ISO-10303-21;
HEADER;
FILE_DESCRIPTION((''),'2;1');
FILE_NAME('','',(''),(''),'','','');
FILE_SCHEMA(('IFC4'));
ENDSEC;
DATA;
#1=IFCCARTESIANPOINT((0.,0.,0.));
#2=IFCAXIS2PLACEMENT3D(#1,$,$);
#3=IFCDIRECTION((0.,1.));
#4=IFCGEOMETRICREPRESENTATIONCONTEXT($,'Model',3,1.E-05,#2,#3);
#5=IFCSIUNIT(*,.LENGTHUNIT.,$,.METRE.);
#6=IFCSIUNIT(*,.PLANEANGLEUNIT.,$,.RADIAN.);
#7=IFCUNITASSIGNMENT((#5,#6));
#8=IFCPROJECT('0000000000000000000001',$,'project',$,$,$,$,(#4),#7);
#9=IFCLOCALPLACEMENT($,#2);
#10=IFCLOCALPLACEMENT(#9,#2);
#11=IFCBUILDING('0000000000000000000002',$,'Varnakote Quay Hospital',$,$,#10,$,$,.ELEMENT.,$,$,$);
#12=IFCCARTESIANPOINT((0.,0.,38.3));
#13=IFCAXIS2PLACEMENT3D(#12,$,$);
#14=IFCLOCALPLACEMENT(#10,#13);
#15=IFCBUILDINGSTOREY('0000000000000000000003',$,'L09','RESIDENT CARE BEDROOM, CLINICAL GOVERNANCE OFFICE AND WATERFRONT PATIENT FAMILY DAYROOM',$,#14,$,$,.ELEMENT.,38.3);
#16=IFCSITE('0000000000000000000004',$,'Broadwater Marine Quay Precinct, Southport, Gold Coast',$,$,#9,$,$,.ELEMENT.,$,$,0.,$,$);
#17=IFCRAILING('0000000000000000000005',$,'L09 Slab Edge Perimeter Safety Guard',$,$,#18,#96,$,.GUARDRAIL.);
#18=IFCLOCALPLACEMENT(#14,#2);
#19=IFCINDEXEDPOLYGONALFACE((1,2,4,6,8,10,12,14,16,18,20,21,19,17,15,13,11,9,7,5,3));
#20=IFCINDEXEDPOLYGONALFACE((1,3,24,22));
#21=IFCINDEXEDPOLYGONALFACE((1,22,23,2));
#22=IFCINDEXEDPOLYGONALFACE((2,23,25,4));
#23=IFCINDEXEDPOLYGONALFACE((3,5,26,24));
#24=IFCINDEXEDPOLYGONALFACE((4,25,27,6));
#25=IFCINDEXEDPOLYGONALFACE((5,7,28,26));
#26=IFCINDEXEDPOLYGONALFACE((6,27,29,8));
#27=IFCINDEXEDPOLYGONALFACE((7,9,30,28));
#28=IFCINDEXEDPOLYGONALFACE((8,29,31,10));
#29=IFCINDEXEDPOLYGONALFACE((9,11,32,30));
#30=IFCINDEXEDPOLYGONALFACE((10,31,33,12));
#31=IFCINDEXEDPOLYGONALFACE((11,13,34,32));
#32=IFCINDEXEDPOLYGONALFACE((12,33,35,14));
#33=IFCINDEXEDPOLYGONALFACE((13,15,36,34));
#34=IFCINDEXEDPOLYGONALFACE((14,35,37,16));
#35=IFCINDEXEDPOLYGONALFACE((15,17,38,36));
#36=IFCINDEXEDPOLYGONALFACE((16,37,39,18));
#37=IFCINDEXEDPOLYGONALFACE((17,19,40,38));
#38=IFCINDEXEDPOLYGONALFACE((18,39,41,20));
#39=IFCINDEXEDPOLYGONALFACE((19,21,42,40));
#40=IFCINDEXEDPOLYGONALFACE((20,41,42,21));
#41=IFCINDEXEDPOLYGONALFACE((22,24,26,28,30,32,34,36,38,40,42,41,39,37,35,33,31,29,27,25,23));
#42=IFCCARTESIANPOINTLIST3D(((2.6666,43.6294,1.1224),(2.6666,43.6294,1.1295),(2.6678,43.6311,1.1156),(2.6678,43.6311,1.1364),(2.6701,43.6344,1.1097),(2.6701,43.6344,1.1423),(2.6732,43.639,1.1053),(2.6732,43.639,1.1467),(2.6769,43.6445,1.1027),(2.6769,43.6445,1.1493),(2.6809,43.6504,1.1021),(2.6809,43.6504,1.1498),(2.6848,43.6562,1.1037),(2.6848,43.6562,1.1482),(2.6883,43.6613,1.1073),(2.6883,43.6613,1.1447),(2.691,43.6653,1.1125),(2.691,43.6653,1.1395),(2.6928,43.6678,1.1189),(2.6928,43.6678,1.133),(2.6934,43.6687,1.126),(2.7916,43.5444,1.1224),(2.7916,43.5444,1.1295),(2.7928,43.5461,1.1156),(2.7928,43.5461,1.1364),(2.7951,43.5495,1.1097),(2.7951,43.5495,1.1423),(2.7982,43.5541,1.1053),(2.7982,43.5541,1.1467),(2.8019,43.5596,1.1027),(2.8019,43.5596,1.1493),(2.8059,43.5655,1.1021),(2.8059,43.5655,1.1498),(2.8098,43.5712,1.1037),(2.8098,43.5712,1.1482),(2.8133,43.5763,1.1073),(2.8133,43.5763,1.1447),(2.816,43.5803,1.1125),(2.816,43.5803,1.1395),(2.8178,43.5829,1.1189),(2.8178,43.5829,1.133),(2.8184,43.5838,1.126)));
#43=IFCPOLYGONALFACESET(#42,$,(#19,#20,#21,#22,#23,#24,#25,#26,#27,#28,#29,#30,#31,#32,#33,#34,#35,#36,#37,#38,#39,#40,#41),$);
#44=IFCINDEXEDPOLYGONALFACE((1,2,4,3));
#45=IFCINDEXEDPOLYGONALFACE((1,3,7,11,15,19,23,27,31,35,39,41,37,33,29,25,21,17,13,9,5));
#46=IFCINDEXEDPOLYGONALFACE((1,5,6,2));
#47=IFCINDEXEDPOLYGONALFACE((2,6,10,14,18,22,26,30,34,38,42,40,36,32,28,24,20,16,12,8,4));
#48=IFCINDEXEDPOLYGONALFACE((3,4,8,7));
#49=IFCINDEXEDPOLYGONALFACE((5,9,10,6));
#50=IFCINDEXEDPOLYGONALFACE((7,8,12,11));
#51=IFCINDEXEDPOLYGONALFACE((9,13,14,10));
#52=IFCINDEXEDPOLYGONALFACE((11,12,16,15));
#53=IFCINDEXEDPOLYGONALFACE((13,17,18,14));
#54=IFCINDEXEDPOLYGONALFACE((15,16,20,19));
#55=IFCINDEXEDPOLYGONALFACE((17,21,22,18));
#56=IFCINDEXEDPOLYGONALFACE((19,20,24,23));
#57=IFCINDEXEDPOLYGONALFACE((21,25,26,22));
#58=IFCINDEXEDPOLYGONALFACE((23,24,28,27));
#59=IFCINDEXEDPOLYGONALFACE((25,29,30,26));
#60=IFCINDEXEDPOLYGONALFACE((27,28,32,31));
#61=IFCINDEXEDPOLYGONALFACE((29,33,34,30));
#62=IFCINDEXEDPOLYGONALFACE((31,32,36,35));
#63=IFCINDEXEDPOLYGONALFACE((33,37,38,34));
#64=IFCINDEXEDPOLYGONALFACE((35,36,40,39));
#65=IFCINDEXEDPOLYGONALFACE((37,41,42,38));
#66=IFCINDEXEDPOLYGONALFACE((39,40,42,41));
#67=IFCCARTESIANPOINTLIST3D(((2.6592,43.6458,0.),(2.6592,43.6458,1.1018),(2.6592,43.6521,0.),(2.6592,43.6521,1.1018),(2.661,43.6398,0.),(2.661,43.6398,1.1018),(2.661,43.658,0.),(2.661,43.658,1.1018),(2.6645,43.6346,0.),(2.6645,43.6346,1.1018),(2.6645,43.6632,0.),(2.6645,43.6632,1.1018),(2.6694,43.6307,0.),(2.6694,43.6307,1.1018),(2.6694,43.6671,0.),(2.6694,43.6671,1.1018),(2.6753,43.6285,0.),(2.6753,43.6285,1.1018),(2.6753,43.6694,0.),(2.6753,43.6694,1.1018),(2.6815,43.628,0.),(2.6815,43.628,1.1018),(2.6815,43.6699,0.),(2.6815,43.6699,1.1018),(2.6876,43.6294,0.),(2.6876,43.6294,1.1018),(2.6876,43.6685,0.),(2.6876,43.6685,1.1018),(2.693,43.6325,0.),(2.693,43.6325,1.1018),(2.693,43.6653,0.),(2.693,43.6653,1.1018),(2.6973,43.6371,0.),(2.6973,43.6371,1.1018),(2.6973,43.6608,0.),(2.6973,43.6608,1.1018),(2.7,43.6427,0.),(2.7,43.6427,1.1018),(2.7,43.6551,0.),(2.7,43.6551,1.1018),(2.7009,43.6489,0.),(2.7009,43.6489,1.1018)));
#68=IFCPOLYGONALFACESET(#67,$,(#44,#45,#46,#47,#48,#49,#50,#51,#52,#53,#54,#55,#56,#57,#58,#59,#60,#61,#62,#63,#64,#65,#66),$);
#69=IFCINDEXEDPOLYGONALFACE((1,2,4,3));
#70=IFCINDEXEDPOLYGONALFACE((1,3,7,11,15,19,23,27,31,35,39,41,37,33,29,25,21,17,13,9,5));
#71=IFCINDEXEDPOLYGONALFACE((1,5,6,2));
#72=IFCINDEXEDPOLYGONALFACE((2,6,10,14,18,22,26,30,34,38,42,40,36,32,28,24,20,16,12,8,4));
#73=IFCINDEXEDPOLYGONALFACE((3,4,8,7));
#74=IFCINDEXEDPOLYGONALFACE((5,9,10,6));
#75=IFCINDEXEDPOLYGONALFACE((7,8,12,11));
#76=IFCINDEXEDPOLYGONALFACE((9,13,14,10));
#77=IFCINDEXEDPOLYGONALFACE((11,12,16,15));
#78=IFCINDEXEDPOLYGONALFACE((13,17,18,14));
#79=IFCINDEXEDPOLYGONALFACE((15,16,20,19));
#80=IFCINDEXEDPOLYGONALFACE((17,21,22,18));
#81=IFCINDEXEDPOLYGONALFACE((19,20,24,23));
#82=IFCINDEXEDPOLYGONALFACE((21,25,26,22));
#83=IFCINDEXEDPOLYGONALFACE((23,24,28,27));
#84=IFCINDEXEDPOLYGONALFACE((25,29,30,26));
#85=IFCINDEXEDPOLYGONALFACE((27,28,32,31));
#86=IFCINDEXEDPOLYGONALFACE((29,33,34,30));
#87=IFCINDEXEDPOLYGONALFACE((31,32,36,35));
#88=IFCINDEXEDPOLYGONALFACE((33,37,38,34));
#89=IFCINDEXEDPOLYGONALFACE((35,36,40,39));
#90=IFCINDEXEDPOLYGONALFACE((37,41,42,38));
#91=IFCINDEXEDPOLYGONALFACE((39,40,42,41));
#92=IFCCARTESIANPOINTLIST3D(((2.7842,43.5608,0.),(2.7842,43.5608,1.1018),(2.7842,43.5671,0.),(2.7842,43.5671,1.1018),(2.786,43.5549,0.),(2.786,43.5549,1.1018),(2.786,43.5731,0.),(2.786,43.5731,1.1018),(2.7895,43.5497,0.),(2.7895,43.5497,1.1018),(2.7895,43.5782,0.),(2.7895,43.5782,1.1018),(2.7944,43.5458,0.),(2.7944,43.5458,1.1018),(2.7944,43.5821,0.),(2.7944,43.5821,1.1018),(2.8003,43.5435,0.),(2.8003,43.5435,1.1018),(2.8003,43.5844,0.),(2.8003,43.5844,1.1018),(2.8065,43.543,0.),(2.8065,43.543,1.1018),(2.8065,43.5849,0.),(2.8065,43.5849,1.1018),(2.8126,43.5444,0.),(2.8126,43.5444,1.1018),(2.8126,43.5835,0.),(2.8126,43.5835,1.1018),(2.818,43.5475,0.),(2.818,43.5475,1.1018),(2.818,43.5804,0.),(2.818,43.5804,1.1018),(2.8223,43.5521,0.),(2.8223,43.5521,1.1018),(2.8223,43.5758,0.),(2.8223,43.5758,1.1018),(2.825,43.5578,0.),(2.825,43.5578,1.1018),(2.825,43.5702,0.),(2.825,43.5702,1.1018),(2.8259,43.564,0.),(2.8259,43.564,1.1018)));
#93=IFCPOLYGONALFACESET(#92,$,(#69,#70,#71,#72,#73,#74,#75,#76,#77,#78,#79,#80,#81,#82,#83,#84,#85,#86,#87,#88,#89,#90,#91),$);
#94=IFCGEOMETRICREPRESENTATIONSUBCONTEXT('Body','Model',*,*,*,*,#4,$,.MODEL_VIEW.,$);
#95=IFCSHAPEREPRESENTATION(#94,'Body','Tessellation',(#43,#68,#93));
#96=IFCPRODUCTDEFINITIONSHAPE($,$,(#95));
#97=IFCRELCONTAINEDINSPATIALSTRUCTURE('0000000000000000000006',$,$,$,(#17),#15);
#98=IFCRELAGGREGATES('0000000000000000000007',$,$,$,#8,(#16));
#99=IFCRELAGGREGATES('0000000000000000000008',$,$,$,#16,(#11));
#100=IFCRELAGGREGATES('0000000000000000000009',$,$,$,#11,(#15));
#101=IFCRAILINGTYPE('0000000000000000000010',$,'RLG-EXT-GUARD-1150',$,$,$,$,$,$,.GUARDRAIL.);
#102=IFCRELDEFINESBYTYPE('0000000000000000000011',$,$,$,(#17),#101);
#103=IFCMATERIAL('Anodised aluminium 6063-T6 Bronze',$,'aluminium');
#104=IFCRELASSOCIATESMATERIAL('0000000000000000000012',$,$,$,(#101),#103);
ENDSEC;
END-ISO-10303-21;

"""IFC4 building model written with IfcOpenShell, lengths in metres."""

from ifc_helpers import new_model, si_unit, direction, frame, origin, origin_2d, place, context, subcontext, project, spatial, circle, extrude, material, type_object, element, save


model = new_model("IFC4")

# Units and contexts
model_context = context("Model", 3, precision=1e-05, world=origin(), true_north=direction((0.0, 1.0)))
body_context = subcontext(model_context, "Body", "Model", "MODEL_VIEW")
ifc_project = project(units=[si_unit("LENGTHUNIT", "METRE"), si_unit("PLANEANGLEUNIT", "RADIAN")], contexts=[model_context])

# Site, building, storey
site_placement = place(None, origin())
site = spatial("IfcSite", under=ifc_project, at=site_placement, Name="Broadwater Marine Quay Precinct, Southport, Gold Coast", CompositionType="ELEMENT", RefElevation=0.0)
building_placement = place(site_placement, origin())
building = spatial("IfcBuilding", under=site, at=building_placement, Name="Varnakote Quay Hospital", CompositionType="ELEMENT")
storey_placement = place(building_placement, frame((0.0, 0.0, 38.3)))
storey = spatial("IfcBuildingStorey", under=building, at=storey_placement, Name="L09", Description="RESIDENT CARE BEDROOM, CLINICAL GOVERNANCE OFFICE AND WATERFRONT PATIENT FAMILY DAYROOM", CompositionType="ELEMENT", Elevation=38.3)

# Railing
ifc_material_1 = material(Name="Anodised aluminium 6063-T6 Bronze", Category="aluminium")
railing_type = type_object("IfcRailingType", Name="RLG-EXT-GUARD-1150", PredefinedType="GUARDRAIL", material=ifc_material_1)
railing_1_placement = place(storey_placement, frame((2.6799, 43.6489, 0.0)))
element("IfcRailing", 1, at=railing_1_placement, inside=storey, type_object=railing_type, Name="L09 Slab Edge Perimeter Safety Guard", PredefinedType="GUARDRAIL", context=body_context, shape_type="SweptSolid", body=[
    extrude(circle(Radius=0.0239, at=origin_2d()), frame((0.0, 0.0, 1.126), z_axis=(0.827047, -0.562133, 0.0), x_axis=(0.562133, 0.827047, 0.0)), (0.0, 0.0, 1.0), 0.1511),
    extrude(circle(Radius=0.021, at=origin_2d()), origin(), (0.0, 0.0, 1.0), 1.1018),
    extrude(circle(Radius=0.021, at=origin_2d()), frame((0.125, -0.085, 0.0)), (0.0, 0.0, 1.0), 1.1018),
])

save(model, "model.ifc")
